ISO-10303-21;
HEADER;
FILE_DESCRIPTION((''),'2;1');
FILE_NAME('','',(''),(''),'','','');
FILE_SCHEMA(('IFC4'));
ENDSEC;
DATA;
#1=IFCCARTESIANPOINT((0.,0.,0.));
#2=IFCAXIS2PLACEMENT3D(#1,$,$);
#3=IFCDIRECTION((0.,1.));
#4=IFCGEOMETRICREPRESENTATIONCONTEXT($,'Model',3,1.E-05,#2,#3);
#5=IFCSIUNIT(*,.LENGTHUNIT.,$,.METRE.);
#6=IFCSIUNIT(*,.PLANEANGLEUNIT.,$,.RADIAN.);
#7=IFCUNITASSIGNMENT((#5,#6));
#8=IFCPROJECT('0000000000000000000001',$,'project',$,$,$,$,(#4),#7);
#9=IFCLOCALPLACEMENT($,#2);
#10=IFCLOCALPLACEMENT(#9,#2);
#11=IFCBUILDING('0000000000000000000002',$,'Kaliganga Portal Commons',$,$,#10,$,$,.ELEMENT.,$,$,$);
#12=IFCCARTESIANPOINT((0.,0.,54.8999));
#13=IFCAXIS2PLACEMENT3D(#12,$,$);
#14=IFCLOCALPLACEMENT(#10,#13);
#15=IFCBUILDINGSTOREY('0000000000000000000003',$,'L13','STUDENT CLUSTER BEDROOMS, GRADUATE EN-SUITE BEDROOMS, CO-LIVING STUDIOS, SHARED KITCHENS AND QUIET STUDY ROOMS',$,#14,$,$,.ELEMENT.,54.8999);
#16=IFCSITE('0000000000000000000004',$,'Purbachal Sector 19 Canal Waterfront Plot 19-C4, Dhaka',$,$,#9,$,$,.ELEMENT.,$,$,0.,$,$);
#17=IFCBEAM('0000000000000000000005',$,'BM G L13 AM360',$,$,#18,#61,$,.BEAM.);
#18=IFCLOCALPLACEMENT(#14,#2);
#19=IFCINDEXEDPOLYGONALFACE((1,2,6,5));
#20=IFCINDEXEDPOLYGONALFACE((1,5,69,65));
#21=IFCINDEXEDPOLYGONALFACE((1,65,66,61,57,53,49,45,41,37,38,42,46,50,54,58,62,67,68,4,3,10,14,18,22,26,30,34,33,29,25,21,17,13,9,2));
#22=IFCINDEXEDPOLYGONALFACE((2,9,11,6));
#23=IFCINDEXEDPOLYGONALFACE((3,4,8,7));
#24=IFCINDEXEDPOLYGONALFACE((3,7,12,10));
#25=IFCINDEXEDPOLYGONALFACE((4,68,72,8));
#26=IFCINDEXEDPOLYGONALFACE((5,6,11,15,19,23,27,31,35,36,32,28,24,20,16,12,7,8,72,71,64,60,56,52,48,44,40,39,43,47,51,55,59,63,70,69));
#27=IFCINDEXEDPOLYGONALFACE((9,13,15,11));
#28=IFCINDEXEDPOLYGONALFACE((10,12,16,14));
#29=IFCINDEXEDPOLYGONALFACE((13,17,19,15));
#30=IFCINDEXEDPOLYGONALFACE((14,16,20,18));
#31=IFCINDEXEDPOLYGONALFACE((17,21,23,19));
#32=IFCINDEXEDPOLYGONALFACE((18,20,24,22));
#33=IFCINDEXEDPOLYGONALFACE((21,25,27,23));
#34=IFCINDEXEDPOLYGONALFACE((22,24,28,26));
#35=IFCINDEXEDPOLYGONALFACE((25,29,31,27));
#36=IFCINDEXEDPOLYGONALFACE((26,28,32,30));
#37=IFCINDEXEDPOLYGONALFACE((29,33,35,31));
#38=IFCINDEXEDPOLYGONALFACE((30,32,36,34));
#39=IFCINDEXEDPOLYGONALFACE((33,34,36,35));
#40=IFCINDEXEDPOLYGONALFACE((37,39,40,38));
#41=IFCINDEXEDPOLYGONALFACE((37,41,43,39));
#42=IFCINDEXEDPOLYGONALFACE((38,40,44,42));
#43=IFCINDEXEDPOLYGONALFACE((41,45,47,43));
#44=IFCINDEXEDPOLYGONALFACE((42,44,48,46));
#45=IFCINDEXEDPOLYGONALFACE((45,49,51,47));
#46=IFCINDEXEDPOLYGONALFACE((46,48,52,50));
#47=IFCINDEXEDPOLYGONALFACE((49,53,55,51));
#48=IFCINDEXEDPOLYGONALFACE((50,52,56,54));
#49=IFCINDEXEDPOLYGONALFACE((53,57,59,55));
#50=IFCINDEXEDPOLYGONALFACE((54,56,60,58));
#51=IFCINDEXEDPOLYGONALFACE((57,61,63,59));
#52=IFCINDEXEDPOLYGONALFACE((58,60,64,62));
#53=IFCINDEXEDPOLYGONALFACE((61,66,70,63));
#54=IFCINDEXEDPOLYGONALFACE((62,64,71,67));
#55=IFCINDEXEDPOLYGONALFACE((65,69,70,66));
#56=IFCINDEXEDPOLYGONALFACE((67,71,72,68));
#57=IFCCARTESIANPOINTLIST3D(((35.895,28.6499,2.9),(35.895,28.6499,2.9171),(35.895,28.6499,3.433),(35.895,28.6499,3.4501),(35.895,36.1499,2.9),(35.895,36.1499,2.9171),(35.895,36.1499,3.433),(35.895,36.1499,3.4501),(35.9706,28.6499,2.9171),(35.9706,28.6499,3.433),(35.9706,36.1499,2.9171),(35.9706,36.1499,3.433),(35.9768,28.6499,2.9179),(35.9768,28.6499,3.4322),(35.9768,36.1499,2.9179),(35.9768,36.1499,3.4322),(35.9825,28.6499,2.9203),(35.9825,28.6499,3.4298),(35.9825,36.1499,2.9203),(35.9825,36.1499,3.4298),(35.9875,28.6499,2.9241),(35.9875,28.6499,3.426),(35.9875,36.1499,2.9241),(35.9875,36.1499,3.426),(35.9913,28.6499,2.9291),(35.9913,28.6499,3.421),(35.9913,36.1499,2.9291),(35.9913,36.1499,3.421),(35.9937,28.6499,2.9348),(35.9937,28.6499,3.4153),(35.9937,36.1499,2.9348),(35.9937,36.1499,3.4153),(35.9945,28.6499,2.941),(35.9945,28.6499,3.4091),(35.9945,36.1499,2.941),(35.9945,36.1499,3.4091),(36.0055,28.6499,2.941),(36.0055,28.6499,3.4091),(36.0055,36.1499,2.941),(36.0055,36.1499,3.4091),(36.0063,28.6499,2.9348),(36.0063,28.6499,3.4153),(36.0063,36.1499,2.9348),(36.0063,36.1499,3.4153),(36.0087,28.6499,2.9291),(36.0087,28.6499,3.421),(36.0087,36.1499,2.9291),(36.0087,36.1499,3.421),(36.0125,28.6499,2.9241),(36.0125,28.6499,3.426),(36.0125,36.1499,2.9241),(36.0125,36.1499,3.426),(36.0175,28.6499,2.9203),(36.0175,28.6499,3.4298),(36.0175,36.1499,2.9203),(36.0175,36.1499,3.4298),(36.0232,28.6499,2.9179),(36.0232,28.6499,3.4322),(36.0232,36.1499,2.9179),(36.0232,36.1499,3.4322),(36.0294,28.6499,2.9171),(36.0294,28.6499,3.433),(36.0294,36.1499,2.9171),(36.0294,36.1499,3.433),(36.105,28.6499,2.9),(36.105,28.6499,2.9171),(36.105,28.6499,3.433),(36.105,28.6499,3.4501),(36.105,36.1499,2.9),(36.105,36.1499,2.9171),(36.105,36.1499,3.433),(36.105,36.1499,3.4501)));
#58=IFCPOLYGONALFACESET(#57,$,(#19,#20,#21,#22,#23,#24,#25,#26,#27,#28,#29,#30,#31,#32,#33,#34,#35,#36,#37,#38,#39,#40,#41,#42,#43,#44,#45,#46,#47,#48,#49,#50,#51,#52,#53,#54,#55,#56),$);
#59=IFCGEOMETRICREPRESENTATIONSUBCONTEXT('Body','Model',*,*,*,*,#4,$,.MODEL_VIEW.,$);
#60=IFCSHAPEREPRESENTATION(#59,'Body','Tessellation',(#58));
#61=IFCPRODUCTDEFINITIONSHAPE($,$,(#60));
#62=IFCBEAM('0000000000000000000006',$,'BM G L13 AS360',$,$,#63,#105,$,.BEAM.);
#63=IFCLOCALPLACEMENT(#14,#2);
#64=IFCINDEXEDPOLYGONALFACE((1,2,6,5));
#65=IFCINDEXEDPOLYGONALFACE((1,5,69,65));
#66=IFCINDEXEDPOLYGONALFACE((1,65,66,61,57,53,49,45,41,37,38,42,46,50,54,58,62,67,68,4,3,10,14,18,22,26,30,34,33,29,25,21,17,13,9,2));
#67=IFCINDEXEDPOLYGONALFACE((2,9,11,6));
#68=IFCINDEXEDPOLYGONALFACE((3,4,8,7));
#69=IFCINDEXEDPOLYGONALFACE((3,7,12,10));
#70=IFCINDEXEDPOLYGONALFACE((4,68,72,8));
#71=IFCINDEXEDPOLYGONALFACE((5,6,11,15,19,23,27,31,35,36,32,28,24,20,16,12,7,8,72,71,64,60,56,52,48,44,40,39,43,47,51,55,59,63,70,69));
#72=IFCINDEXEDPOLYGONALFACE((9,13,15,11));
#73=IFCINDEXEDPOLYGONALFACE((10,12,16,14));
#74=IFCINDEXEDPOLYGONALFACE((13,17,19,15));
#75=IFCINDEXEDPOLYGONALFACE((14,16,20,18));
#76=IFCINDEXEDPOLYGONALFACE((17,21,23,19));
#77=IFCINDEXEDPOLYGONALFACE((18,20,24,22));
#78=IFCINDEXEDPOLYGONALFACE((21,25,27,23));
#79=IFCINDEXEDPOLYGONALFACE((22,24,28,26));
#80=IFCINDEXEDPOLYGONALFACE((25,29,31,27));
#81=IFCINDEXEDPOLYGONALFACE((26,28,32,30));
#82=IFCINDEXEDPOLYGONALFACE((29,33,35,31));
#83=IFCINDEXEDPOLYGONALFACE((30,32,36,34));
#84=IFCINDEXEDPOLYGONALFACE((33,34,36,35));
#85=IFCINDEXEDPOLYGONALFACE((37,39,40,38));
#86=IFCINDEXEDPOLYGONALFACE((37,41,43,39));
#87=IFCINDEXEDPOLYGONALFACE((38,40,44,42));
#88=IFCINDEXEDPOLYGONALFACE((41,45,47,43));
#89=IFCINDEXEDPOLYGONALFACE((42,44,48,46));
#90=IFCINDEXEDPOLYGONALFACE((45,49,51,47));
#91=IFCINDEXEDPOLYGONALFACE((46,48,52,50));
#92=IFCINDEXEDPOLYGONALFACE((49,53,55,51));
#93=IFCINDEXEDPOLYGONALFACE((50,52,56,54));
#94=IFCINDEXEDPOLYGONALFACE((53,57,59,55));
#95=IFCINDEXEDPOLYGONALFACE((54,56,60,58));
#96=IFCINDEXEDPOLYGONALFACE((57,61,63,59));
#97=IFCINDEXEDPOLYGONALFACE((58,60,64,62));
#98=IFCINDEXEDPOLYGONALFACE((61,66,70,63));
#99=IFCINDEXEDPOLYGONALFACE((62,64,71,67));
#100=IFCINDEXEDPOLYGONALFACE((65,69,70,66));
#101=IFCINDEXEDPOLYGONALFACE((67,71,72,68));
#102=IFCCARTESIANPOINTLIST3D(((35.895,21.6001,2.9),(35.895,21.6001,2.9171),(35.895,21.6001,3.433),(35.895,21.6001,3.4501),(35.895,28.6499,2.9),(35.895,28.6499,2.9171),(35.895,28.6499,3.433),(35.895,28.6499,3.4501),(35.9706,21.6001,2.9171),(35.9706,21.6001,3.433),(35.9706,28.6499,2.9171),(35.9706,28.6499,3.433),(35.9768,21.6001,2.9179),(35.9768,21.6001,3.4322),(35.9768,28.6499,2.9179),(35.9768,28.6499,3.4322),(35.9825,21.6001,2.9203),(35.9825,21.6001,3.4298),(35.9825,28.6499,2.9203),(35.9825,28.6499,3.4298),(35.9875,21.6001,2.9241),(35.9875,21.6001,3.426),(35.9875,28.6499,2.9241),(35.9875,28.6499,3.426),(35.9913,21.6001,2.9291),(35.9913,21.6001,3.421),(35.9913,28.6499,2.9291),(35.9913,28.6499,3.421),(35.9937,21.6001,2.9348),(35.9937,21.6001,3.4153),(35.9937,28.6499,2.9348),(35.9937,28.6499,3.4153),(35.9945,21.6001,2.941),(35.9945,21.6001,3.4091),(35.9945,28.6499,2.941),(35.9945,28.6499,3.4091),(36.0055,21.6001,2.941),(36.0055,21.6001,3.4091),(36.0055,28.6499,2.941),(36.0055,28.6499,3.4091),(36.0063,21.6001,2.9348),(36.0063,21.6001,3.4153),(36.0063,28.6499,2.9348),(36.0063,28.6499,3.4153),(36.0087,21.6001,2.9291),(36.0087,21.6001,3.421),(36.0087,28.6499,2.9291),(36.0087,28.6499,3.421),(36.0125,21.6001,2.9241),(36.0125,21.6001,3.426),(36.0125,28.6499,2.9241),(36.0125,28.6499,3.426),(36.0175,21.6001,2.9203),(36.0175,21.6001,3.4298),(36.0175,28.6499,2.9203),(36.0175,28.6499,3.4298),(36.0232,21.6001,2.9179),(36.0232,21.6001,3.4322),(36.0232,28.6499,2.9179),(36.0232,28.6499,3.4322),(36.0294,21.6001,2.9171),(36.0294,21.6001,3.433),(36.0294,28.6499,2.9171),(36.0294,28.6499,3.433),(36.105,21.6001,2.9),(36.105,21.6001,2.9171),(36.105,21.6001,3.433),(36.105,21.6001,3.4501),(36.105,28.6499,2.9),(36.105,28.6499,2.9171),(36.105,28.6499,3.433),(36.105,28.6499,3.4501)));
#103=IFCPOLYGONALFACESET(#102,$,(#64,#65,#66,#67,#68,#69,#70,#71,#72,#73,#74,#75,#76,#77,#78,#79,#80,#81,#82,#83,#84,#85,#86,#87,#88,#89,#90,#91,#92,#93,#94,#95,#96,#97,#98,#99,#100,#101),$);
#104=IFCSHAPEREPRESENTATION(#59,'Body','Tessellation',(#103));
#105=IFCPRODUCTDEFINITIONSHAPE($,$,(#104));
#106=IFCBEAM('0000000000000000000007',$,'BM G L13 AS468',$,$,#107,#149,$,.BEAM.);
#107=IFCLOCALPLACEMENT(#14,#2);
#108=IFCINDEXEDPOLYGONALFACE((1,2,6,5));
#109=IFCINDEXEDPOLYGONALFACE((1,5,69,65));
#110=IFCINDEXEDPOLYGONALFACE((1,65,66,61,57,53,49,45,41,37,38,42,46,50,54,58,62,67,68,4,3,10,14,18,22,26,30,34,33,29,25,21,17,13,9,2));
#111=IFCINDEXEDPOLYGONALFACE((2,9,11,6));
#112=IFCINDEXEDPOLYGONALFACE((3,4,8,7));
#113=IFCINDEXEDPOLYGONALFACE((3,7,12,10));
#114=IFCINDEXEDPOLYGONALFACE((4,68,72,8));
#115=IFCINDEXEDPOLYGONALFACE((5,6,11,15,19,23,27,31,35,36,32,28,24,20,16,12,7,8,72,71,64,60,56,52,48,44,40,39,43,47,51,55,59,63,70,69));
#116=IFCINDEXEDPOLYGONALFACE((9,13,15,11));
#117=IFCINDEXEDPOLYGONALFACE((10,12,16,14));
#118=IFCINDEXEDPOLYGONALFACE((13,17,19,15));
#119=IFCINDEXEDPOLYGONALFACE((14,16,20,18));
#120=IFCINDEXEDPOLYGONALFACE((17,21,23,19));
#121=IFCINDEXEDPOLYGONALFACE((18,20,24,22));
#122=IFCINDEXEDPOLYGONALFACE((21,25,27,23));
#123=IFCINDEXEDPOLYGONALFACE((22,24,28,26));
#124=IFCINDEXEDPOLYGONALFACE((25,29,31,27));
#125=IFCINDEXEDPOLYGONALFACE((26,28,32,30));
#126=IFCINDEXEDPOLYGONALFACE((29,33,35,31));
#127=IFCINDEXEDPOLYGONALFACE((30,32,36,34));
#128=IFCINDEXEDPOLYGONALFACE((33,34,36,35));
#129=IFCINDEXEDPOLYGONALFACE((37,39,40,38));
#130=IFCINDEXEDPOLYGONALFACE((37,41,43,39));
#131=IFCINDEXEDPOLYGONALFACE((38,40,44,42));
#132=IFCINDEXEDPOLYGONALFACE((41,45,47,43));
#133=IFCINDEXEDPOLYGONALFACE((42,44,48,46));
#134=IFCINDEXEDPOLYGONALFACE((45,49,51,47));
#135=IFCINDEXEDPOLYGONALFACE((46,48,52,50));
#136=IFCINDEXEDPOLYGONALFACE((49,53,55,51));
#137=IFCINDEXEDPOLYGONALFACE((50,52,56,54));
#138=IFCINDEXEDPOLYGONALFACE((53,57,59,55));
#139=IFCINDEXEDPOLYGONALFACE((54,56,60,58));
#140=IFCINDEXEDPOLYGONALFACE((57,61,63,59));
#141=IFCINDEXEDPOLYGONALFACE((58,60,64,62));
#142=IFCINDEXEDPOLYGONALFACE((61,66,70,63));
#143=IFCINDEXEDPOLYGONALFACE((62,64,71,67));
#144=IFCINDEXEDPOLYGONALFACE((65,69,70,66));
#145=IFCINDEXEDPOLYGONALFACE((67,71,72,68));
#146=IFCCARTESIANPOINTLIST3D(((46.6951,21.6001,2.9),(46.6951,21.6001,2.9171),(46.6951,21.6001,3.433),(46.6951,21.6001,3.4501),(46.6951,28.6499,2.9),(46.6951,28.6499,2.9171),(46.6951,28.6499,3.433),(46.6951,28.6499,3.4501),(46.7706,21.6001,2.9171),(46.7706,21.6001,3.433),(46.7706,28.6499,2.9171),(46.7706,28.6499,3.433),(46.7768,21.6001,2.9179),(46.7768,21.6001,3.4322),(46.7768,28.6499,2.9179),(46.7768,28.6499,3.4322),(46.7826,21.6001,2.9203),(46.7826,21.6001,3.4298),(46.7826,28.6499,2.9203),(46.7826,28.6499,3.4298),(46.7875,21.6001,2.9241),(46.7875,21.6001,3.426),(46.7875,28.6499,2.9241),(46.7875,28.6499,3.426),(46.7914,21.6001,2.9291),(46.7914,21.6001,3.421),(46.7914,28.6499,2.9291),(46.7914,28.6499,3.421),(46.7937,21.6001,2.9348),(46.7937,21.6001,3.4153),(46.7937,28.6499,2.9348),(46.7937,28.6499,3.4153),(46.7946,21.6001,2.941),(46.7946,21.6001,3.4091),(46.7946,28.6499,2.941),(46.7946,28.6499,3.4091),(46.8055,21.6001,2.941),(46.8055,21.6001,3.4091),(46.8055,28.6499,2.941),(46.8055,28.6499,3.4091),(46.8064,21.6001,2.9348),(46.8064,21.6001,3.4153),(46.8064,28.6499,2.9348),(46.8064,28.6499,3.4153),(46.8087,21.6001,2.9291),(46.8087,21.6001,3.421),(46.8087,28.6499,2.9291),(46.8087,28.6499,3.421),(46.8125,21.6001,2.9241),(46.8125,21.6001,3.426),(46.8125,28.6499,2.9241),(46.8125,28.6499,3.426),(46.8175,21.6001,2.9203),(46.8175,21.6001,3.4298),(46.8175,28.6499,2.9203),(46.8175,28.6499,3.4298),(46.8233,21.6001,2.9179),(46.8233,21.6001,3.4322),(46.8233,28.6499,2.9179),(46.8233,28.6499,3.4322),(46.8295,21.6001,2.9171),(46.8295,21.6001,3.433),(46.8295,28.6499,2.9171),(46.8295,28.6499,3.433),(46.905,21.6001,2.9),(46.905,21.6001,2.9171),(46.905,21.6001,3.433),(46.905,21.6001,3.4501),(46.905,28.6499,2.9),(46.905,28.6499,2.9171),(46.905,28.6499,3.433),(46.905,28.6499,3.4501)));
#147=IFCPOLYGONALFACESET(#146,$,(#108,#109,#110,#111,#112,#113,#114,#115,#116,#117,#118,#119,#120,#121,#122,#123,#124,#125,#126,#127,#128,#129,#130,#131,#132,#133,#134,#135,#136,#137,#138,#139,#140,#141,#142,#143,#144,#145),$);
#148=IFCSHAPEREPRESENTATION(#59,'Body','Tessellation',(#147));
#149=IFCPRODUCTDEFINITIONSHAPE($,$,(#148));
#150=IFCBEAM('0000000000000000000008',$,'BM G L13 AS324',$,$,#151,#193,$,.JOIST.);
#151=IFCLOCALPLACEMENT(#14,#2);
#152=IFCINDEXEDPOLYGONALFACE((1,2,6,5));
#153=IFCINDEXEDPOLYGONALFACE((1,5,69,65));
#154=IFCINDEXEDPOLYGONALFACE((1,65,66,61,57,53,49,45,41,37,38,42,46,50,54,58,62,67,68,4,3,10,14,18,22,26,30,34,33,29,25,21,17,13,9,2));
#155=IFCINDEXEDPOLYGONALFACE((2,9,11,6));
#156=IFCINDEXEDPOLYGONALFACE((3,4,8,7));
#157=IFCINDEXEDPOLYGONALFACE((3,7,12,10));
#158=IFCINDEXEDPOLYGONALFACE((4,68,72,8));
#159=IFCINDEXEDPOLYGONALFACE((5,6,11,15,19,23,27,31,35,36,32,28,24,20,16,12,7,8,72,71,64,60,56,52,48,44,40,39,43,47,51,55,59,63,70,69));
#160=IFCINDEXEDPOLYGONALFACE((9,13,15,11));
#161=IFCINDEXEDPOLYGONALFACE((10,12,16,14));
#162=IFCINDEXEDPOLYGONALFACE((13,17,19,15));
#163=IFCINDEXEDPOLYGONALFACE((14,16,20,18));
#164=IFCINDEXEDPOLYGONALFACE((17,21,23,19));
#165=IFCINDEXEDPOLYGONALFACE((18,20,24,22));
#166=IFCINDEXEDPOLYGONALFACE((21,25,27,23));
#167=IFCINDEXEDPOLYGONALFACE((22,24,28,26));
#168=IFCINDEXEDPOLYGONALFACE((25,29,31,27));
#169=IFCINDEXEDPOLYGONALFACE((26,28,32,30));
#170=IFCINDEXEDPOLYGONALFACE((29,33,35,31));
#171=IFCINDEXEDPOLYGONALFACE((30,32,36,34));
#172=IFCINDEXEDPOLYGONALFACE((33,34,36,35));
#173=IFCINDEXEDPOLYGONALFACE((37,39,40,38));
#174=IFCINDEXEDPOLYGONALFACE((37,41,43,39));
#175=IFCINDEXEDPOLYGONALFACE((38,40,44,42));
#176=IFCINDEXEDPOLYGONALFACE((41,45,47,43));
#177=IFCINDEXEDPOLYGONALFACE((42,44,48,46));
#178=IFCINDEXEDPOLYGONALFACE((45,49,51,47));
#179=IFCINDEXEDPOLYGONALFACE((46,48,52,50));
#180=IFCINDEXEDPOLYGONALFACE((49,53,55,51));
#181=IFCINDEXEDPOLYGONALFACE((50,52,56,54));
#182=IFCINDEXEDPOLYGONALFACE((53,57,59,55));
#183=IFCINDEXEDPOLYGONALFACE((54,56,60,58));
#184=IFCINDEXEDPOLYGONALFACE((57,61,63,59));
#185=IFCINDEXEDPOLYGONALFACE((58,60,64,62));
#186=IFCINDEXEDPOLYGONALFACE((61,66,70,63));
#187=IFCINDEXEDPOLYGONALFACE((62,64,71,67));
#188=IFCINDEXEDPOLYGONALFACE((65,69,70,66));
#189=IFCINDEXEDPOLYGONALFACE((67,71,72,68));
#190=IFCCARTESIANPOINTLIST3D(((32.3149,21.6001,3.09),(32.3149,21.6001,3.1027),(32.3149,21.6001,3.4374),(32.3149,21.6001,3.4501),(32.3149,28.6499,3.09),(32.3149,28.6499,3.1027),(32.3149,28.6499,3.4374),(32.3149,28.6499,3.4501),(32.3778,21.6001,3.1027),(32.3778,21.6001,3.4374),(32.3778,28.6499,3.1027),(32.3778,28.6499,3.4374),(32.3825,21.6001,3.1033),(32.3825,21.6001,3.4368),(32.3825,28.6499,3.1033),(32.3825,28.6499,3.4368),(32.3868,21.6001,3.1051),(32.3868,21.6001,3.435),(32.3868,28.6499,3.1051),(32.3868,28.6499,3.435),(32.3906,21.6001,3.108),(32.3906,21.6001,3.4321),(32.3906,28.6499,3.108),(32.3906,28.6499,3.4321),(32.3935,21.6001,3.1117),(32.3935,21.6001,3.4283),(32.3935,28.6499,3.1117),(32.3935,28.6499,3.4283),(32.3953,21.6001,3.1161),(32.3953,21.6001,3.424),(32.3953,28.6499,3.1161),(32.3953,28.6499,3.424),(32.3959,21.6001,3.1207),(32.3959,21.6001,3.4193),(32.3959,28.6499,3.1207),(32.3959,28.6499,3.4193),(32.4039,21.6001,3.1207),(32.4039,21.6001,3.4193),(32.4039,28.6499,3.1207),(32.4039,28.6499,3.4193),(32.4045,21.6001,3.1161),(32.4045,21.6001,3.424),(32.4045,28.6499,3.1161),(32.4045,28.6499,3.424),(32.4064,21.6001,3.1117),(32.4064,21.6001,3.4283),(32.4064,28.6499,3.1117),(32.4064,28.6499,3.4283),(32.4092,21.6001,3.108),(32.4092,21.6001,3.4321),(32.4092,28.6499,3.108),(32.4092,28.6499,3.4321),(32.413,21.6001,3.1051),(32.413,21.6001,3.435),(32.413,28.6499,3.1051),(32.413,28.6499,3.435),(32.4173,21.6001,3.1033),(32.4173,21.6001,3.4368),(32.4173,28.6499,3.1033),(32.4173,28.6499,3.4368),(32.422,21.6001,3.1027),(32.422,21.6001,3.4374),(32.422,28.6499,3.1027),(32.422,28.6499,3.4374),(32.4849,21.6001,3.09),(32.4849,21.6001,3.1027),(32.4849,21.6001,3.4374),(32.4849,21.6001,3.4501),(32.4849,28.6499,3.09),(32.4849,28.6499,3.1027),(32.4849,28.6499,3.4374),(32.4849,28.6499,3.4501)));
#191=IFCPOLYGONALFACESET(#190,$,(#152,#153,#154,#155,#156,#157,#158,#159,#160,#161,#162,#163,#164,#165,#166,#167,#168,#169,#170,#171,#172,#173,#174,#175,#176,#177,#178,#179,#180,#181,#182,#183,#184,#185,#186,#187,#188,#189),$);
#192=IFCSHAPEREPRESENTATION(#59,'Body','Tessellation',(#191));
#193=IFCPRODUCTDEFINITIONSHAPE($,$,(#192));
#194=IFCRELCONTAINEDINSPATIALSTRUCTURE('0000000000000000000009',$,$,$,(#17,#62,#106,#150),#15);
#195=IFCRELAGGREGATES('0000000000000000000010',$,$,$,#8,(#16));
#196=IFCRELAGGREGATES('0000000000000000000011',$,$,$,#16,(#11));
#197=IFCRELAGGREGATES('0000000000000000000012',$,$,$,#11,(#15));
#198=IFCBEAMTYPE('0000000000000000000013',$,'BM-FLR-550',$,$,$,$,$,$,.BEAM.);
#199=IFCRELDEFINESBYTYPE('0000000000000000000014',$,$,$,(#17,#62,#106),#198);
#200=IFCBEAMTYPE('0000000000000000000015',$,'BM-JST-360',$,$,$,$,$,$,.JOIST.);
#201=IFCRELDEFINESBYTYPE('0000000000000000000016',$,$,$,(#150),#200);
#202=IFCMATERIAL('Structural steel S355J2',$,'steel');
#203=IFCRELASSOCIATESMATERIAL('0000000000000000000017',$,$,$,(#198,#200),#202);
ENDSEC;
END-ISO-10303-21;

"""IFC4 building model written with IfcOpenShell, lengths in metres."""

from ifc_helpers import new_model, si_unit, direction, frame, origin, origin_2d, place, context, subcontext, project, spatial, i_section, extrude, source, transform, mapped, material, material_profile, profile_set, type_object, element, save


model = new_model("IFC4")

# Units and contexts
model_context = context("Model", 3, precision=1e-05, world=origin(), true_north=direction((0.0, 1.0)))
body_context = subcontext(model_context, "Body", "Model", "MODEL_VIEW")
ifc_project = project(units=[si_unit("LENGTHUNIT", "METRE"), si_unit("PLANEANGLEUNIT", "RADIAN")], contexts=[model_context])

# Site, building, storey
site_placement = place(None, origin())
site = spatial("IfcSite", under=ifc_project, at=site_placement, Name="Purbachal Sector 19 Canal Waterfront Plot 19-C4, Dhaka", CompositionType="ELEMENT", RefElevation=0.0)
building_placement = place(site_placement, origin())
building = spatial("IfcBuilding", under=site, at=building_placement, Name="Kaliganga Portal Commons", CompositionType="ELEMENT")
storey_placement = place(building_placement, frame((0.0, 0.0, 54.8999)))
storey = spatial("IfcBuildingStorey", under=building, at=storey_placement, Name="L13", Description="STUDENT CLUSTER BEDROOMS, GRADUATE EN-SUITE BEDROOMS, CO-LIVING STUDIOS, SHARED KITCHENS AND QUIET STUDY ROOMS", CompositionType="ELEMENT", Elevation=54.8999)

# Beams
ifc_material_1 = material(Name="Structural steel S355J2", Category="steel")
ifc_material_profile_1 = material_profile(ifc_material_1, i_section(OverallWidth=0.21, OverallDepth=0.55, WebThickness=0.011, FlangeThickness=0.0171, FilletRadius=0.0239, at=origin_2d()), Name="IPE 550")
ifc_profile_set_1 = profile_set([ifc_material_profile_1], Name="Structural steel S355J2 wide-flange")
beam_type_1 = type_object("IfcBeamType", Name="BM-FLR-550", PredefinedType="BEAM", material=ifc_profile_set_1)
shared_shape_1 = source(origin(), body_context, "Body", "SweptSolid", [
    extrude(i_section(OverallWidth=0.21, OverallDepth=0.55, WebThickness=0.011, FlangeThickness=0.0171, FilletRadius=0.0239, at=origin_2d()), origin(), (0.0, 0.0, 1.0), 7.5),
])
beam_1_placement = place(storey_placement, frame((36.0, 28.6499, 3.175), z_axis=(0.0, 1.0, 0.0), x_axis=(-1.0, 0.0, 0.0)))
element("IfcBeam", 1, at=beam_1_placement, inside=storey, type_object=beam_type_1, Name="BM G L13 AM360", PredefinedType="BEAM", context=body_context, shape_type="MappedRepresentation", body=[
    mapped(shared_shape_1, transform((0.0, 0.0, 0.0), x_axis=(1.0, 0.0, 0.0), y_axis=(0.0, 1.0, 0.0), z_axis=(0.0, 0.0, 1.0), scale=1.0)),
])
shared_shape_2 = source(origin(), body_context, "Body", "SweptSolid", [
    extrude(i_section(OverallWidth=0.21, OverallDepth=0.55, WebThickness=0.011, FlangeThickness=0.0171, FilletRadius=0.0239, at=origin_2d()), origin(), (0.0, 0.0, 1.0), 7.0498),
])
for number, where, z_axis, x_axis, name in (
    (2, (36.0, 21.6001, 3.175), (0.0, 1.0, 0.0), (-1.0, 0.0, 0.0), "BM G L13 AS360"),
    (3, (46.8, 21.6001, 3.175), (0.0, 1.0, 0.0), (-1.0, 0.0, 0.0), "BM G L13 AS468"),
):
    element("IfcBeam", number, at=place(storey_placement, frame(where, z_axis=z_axis, x_axis=x_axis)), inside=storey, type_object=beam_type_1, Name=name, PredefinedType="BEAM", context=body_context, shape_type="MappedRepresentation", body=[
        mapped(shared_shape_2, transform((0.0, 0.0, 0.0), x_axis=(1.0, 0.0, 0.0), y_axis=(0.0, 1.0, 0.0), z_axis=(0.0, 0.0, 1.0), scale=1.0)),
    ])
ifc_material_profile_2 = material_profile(ifc_material_1, i_section(OverallWidth=0.1699, OverallDepth=0.3601, WebThickness=0.0081, FlangeThickness=0.0127, FilletRadius=0.0181, at=origin_2d()), Name="IPE 360")
ifc_profile_set_2 = profile_set([ifc_material_profile_2], Name="Structural steel S355J2 wide-flange")
beam_type_2 = type_object("IfcBeamType", Name="BM-JST-360", PredefinedType="JOIST", material=ifc_profile_set_2)
shared_shape_3 = source(origin(), body_context, "Body", "SweptSolid", [
    extrude(i_section(OverallWidth=0.1699, OverallDepth=0.3601, WebThickness=0.0081, FlangeThickness=0.0127, FilletRadius=0.0181, at=origin_2d()), origin(), (0.0, 0.0, 1.0), 7.0498),
])
beam_2_placement = place(storey_placement, frame((32.3999, 21.6001, 3.27), z_axis=(0.0, 1.0, 0.0), x_axis=(-1.0, 0.0, 0.0)))
element("IfcBeam", 4, at=beam_2_placement, inside=storey, type_object=beam_type_2, Name="BM G L13 AS324", PredefinedType="JOIST", context=body_context, shape_type="MappedRepresentation", body=[
    mapped(shared_shape_3, transform((0.0, 0.0, 0.0), x_axis=(1.0, 0.0, 0.0), y_axis=(0.0, 1.0, 0.0), z_axis=(0.0, 0.0, 1.0), scale=1.0)),
])

save(model, "model.ifc")
